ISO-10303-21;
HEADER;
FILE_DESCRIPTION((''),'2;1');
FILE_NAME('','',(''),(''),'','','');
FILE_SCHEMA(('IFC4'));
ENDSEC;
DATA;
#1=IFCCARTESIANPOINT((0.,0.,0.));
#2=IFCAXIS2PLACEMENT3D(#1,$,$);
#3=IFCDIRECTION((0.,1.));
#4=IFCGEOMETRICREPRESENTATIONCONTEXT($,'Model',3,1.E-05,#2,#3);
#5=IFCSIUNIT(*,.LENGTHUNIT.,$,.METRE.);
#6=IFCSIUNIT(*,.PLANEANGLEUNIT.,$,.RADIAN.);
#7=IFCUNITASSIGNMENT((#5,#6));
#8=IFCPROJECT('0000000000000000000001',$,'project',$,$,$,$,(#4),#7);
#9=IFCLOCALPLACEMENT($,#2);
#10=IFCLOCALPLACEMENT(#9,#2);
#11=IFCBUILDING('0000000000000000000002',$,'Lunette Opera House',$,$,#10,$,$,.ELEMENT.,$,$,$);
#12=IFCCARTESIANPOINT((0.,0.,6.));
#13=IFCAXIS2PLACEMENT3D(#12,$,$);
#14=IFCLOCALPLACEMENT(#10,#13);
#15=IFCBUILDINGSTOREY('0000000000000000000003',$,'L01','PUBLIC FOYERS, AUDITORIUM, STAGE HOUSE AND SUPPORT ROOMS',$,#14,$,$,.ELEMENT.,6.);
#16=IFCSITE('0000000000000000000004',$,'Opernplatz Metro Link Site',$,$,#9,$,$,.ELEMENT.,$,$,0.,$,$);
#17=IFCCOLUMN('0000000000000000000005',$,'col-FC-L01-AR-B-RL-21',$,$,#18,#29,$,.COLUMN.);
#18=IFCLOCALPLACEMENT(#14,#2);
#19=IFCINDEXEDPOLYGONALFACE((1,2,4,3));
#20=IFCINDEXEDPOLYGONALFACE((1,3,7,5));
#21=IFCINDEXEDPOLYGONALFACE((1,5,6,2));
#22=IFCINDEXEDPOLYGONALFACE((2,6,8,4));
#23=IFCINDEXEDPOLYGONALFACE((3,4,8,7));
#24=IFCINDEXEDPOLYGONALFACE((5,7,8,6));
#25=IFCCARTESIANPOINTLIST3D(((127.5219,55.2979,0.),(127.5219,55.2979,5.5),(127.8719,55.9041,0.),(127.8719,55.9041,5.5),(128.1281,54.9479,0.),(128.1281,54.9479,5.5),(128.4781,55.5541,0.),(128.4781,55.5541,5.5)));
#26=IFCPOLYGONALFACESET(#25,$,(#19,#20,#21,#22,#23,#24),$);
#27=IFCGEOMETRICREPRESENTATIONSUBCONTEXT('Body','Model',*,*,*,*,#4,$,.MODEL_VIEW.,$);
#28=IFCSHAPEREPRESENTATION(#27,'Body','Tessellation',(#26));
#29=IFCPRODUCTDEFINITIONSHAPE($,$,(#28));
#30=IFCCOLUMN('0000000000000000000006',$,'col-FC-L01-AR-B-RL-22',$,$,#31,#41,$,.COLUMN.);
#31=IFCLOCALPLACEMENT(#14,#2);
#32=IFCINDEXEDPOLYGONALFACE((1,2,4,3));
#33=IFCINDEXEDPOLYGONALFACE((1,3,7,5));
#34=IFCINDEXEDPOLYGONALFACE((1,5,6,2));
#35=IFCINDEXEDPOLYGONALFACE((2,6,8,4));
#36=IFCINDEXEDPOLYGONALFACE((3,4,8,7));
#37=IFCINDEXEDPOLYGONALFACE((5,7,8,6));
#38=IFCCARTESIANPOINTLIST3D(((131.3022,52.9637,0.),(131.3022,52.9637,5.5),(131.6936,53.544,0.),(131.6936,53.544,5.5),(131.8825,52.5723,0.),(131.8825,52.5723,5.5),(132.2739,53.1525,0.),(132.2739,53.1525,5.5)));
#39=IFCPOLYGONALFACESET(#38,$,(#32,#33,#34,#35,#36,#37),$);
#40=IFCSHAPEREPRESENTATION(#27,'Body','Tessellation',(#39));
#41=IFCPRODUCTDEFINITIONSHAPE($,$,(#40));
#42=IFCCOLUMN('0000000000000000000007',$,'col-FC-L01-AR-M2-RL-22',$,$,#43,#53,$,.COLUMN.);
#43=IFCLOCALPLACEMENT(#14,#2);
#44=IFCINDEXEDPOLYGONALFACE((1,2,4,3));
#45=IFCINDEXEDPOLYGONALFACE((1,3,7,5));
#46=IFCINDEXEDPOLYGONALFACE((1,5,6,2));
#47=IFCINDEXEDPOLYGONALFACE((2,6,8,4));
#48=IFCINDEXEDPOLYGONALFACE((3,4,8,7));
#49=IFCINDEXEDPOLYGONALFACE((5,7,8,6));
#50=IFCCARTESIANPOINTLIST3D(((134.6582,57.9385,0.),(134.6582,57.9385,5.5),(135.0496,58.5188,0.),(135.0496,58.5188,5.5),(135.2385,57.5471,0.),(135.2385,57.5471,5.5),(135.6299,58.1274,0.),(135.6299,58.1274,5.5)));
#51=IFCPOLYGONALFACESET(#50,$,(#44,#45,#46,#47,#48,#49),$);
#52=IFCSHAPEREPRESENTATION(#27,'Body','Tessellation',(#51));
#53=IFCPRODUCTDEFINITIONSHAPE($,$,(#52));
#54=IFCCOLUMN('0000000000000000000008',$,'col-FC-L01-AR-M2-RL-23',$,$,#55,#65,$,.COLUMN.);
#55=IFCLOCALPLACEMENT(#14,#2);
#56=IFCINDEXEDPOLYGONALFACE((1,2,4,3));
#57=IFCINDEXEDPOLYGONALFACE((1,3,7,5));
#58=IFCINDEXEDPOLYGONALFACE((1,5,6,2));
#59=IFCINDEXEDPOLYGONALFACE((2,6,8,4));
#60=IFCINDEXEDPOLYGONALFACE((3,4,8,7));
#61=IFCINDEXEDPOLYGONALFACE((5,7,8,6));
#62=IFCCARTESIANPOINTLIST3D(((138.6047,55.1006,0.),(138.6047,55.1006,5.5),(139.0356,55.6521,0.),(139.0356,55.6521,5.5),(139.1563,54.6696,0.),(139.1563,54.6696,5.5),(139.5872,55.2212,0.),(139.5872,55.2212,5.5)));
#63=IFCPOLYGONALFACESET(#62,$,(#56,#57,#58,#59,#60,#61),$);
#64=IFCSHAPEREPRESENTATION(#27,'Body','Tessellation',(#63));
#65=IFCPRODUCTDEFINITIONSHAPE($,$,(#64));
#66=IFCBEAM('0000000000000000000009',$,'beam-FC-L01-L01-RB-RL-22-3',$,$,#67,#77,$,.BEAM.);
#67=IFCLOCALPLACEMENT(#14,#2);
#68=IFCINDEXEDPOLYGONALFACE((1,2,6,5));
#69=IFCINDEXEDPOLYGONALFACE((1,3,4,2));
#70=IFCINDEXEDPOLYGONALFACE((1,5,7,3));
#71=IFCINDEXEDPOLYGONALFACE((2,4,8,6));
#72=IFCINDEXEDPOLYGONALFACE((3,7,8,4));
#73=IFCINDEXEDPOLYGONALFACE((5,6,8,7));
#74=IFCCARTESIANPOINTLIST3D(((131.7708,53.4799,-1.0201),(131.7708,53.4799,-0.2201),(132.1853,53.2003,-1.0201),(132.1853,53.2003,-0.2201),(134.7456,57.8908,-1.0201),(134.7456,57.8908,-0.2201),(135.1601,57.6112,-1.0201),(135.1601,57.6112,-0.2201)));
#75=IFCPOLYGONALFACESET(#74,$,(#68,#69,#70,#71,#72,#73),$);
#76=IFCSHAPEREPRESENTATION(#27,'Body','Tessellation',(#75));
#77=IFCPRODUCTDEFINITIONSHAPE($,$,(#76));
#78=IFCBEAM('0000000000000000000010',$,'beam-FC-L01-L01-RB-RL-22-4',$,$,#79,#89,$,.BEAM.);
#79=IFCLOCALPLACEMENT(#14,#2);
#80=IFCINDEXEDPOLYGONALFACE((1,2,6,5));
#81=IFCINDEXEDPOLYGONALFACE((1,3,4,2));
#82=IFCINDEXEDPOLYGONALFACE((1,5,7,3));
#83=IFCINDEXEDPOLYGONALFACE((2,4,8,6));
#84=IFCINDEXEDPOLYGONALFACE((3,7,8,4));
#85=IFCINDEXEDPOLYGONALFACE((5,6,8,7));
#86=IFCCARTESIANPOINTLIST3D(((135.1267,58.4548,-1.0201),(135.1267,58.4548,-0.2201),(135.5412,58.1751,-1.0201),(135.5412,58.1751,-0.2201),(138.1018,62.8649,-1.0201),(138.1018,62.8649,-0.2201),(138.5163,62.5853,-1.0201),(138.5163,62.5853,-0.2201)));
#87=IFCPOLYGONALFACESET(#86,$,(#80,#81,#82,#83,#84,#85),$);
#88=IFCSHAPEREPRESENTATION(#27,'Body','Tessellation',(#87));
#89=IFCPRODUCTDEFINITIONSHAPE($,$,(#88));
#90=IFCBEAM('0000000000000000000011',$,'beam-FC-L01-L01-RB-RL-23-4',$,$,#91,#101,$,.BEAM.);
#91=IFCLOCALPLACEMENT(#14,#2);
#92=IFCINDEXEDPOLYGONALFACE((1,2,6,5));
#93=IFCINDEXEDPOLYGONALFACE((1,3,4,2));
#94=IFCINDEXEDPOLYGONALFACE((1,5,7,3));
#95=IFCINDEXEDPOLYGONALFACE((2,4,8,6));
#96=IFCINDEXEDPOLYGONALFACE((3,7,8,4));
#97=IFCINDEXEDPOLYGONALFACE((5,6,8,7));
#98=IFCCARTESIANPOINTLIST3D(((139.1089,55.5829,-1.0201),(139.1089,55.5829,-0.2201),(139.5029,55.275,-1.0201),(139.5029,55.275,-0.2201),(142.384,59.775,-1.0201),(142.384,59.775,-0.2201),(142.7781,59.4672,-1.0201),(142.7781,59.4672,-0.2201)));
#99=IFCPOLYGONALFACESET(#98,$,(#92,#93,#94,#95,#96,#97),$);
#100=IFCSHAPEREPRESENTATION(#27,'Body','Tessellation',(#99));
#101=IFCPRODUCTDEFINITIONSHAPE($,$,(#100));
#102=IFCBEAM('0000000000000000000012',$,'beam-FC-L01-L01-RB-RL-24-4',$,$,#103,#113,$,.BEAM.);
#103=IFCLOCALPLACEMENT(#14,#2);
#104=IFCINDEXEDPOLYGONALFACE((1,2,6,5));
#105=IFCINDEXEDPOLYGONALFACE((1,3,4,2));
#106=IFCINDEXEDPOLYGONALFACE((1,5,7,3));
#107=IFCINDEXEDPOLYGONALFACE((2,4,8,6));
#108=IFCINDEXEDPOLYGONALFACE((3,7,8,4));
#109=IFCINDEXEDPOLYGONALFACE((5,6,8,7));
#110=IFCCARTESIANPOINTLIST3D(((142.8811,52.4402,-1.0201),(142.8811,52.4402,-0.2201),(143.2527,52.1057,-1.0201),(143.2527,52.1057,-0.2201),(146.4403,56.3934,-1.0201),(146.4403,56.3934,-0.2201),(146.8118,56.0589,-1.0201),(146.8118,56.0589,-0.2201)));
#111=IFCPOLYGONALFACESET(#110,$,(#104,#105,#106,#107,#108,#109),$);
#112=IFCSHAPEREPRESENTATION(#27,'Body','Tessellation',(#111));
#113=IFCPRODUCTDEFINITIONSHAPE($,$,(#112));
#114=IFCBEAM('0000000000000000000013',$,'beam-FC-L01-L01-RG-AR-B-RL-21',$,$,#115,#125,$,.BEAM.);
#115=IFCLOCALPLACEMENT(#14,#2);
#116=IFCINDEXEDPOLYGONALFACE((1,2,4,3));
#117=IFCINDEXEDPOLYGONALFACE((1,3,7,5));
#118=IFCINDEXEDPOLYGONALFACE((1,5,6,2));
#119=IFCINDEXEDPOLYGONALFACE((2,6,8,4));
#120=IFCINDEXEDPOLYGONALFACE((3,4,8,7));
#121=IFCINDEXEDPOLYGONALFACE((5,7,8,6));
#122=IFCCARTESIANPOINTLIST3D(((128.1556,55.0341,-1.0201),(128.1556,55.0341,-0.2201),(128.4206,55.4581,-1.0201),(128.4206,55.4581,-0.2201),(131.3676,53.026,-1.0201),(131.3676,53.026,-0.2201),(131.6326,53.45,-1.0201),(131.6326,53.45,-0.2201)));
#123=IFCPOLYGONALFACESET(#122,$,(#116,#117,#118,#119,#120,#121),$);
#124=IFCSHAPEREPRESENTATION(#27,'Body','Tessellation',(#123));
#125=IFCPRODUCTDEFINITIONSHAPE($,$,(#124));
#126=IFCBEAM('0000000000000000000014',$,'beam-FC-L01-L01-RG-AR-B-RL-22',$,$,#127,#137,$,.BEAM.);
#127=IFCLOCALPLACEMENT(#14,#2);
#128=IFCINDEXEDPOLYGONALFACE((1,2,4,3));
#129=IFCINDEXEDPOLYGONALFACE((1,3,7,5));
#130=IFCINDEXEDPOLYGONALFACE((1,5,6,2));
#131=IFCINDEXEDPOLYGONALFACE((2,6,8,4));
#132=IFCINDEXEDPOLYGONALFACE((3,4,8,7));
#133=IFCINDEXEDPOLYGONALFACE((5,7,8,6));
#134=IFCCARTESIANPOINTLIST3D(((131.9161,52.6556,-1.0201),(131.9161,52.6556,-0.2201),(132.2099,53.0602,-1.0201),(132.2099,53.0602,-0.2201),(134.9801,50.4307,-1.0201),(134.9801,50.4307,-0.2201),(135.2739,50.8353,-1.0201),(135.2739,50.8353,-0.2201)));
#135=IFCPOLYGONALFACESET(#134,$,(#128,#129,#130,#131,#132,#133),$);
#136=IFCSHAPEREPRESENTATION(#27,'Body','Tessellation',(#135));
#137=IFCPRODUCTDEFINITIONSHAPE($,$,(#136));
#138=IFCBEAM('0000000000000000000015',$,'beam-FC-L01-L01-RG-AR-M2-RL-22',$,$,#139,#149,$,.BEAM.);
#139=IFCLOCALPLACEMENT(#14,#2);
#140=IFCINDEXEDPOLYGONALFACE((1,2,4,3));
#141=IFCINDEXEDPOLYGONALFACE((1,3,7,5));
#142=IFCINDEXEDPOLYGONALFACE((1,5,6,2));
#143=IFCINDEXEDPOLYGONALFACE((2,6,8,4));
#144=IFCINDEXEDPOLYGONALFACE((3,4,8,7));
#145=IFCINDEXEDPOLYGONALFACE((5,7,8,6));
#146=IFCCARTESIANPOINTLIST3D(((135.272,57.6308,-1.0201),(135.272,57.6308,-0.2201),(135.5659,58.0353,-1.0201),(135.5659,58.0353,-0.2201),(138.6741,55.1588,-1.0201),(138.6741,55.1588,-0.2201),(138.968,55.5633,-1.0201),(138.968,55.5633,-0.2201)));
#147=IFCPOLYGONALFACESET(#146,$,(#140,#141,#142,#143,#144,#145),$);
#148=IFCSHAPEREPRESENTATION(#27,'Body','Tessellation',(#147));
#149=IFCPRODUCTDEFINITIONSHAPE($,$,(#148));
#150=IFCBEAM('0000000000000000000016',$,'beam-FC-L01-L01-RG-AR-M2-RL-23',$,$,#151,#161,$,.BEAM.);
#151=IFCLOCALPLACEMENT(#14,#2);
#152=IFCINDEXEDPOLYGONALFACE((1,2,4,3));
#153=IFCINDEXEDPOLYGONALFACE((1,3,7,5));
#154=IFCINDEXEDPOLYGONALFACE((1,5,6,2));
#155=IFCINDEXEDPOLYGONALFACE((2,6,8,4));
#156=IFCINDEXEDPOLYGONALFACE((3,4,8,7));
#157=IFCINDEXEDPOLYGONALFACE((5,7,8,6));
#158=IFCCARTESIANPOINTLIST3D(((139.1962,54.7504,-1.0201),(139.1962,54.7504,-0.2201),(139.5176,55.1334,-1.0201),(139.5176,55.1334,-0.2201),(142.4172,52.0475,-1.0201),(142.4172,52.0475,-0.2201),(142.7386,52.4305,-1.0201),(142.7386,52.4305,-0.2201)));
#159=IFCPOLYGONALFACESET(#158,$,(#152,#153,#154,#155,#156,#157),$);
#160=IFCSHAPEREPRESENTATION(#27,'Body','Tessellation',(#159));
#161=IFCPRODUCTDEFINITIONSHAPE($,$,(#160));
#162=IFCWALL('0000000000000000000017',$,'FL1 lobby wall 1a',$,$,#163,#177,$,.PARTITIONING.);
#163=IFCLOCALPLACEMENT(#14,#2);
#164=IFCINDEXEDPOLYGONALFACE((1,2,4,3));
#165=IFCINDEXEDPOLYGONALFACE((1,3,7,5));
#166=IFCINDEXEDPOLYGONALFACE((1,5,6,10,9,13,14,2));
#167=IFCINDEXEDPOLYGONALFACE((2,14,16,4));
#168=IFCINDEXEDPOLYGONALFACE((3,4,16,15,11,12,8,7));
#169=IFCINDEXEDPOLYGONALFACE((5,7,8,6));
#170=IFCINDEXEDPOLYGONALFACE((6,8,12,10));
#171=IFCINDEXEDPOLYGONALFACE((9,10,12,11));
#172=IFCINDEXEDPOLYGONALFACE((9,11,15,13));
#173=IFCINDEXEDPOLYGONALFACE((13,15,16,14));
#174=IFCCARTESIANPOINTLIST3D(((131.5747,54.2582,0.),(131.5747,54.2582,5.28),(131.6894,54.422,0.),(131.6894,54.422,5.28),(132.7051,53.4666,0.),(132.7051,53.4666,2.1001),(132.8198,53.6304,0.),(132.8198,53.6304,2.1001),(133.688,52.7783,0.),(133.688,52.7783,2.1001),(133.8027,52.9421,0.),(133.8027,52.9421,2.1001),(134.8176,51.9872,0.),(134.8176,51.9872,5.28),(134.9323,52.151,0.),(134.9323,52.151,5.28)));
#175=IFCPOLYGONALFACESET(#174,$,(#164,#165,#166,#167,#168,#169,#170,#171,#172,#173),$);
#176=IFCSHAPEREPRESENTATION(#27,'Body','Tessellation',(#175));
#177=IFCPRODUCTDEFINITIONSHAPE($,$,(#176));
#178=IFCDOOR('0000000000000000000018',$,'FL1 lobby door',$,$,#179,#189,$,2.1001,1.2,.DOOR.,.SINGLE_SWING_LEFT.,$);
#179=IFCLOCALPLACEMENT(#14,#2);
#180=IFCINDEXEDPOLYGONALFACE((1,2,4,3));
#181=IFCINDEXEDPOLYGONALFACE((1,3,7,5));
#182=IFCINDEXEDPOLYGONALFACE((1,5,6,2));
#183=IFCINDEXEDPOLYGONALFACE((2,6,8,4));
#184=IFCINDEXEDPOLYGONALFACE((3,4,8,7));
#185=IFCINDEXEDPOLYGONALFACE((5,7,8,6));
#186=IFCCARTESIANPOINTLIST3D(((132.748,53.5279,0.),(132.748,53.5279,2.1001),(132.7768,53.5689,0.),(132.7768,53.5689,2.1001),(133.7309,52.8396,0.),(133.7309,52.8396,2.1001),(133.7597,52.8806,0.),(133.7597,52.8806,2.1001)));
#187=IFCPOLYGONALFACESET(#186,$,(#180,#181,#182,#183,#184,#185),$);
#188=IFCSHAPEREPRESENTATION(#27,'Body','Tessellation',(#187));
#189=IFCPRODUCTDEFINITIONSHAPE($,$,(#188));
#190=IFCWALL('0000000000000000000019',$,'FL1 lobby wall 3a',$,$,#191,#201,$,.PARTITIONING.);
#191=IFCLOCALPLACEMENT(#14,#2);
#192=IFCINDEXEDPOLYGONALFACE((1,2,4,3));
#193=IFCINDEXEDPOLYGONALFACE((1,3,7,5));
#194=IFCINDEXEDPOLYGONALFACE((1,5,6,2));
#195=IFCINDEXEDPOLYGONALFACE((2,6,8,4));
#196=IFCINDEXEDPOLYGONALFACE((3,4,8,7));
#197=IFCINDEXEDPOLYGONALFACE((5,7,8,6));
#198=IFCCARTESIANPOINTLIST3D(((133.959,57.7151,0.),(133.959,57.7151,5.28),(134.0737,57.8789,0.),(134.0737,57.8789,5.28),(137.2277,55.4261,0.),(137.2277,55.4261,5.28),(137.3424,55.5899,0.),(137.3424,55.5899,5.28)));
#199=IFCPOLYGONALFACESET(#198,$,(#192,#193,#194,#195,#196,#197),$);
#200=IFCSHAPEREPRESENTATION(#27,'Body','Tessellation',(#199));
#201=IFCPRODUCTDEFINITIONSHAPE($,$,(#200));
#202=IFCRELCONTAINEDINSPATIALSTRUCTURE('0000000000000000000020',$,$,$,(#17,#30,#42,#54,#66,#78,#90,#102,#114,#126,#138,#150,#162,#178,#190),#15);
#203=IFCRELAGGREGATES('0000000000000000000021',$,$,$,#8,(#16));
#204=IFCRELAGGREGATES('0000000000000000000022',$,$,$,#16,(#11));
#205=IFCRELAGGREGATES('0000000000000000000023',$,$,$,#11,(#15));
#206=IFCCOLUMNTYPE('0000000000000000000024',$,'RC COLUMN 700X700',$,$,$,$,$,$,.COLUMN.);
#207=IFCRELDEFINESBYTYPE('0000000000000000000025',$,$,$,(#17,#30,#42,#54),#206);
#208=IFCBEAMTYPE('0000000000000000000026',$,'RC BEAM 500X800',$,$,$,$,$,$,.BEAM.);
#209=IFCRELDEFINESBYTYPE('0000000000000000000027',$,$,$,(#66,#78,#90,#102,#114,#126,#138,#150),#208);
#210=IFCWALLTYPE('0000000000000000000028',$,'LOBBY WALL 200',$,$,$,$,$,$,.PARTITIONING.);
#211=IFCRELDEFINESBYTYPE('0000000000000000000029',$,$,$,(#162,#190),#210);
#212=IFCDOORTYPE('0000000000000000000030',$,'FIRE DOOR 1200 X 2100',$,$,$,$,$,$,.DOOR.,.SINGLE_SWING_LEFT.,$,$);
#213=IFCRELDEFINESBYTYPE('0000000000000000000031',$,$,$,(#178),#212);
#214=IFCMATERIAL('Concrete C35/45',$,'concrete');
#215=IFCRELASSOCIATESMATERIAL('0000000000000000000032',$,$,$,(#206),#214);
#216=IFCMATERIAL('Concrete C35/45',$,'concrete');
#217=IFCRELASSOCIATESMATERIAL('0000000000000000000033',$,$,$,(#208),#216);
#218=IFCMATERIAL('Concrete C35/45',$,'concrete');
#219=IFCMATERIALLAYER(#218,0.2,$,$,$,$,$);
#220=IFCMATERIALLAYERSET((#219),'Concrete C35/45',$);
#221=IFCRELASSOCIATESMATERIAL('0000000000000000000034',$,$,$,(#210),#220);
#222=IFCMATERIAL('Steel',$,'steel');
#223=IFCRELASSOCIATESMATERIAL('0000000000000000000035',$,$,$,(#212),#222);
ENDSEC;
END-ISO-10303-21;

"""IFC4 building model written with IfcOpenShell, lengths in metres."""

from ifc_helpers import new_model, si_unit, direction, frame, frame_2d, origin, origin_2d, place, context, subcontext, project, spatial, rectangle, extrude, material, layer, layer_set, material_profile, profile_set, type_object, element, fill, save


model = new_model("IFC4")

# Units and contexts
model_context = context("Model", 3, precision=1e-05, world=origin(), true_north=direction((0.0, 1.0)))
body_context = subcontext(model_context, "Body", "Model", "MODEL_VIEW")
ifc_project = project(units=[si_unit("LENGTHUNIT", "METRE"), si_unit("PLANEANGLEUNIT", "RADIAN")], contexts=[model_context])

# Site, building, storey
site_placement = place(None, origin())
site = spatial("IfcSite", under=ifc_project, at=site_placement, Name="Opernplatz Metro Link Site", CompositionType="ELEMENT", RefElevation=0.0)
building_placement = place(site_placement, origin())
building = spatial("IfcBuilding", under=site, at=building_placement, Name="Lunette Opera House", CompositionType="ELEMENT")
storey_placement = place(building_placement, frame((0.0, 0.0, 6.0)))
storey = spatial("IfcBuildingStorey", under=building, at=storey_placement, Name="L01", Description="PUBLIC FOYERS, AUDITORIUM, STAGE HOUSE AND SUPPORT ROOMS", CompositionType="ELEMENT", Elevation=6.0)

# Columns
ifc_material_1 = material(Name="Concrete C35/45", Category="concrete")
ifc_material_profile_1 = material_profile(ifc_material_1, rectangle(XDim=0.7, YDim=0.7, at=origin_2d()), Name="RC COLUMN 700X700")
ifc_profile_set_1 = profile_set([ifc_material_profile_1], Name="Concrete C35/45")
column_type = type_object("IfcColumnType", Name="RC COLUMN 700X700", PredefinedType="COLUMN", material=ifc_profile_set_1)
for number, where, z_axis, x_axis, name in (
    (1, (128.0, 55.426, 0.0), (0.0, 0.0, 1.0), (0.866025, -0.5, 0.0), "col-FC-L01-AR-B-RL-21"),
    (2, (131.7881, 53.0581, 0.0), (0.0, 0.0, 1.0), (0.829038, -0.559193, 0.0), "col-FC-L01-AR-B-RL-22"),
    (3, (135.144, 58.033, 0.0), (0.0, 0.0, 1.0), (0.829038, -0.559193, 0.0), "col-FC-L01-AR-M2-RL-22"),
    (4, (139.0959, 55.1609, 0.0), (0.0, 0.0, 1.0), (0.788011, -0.615661, 0.0), "col-FC-L01-AR-M2-RL-23"),
):
    element("IfcColumn", number, at=place(storey_placement, frame(where, z_axis=z_axis, x_axis=x_axis)), inside=storey, type_object=column_type, Name=name, PredefinedType="COLUMN", context=body_context, shape_type="SweptSolid", body=[
        extrude(rectangle(XDim=0.7, YDim=0.7, at=origin_2d()), origin(), (0.0, 0.0, 1.0), 5.5),
    ])

# Beams
ifc_material_2 = material(Name="Concrete C35/45", Category="concrete")
ifc_material_profile_2 = material_profile(ifc_material_2, rectangle(XDim=0.5, YDim=0.8, at=origin_2d()), Name="RC BEAM 500X800")
ifc_profile_set_2 = profile_set([ifc_material_profile_2], Name="Concrete C35/45")
beam_type = type_object("IfcBeamType", Name="RC BEAM 500X800", PredefinedType="BEAM", material=ifc_profile_set_2)
beam_1_placement = place(storey_placement, frame((131.978, 53.3401, -0.6201), z_axis=(0.55915, 0.829066, 0.0), x_axis=(-0.829066, 0.55915, 0.0)))
element("IfcBeam", 5, at=beam_1_placement, inside=storey, type_object=beam_type, Name="beam-FC-L01-L01-RB-RL-22-3", PredefinedType="BEAM", context=body_context, shape_type="SweptSolid", body=[
    extrude(rectangle(XDim=0.5, YDim=0.8, at=origin_2d()), origin(), (0.0, 0.0, 1.0), 5.3203),
])
for number, where, z_axis, x_axis, name in (
    (6, (135.334, 58.3149, -0.6201), (0.559246, 0.829002, 0.0), (-0.829002, 0.559246, 0.0), "beam-FC-L01-L01-RB-RL-22-4"),
    (7, (139.3059, 55.429, -0.6201), (0.615648, 0.788021, 0.0), (-0.788021, 0.615648, 0.0), "beam-FC-L01-L01-RB-RL-23-4"),
):
    element("IfcBeam", number, at=place(storey_placement, frame(where, z_axis=z_axis, x_axis=x_axis)), inside=storey, type_object=beam_type, Name=name, PredefinedType="BEAM", context=body_context, shape_type="SweptSolid", body=[
        extrude(rectangle(XDim=0.5, YDim=0.8, at=origin_2d()), origin(), (0.0, 0.0, 1.0), 5.3198),
    ])
beam_2_placement = place(storey_placement, frame((143.0669, 52.2729, -0.6201), z_axis=(0.669097, 0.743175, 0.0), x_axis=(-0.743175, 0.669097, 0.0)))
element("IfcBeam", 8, at=beam_2_placement, inside=storey, type_object=beam_type, Name="beam-FC-L01-L01-RB-RL-24-4", PredefinedType="BEAM", context=body_context, shape_type="SweptSolid", body=[
    extrude(rectangle(XDim=0.5, YDim=0.8, at=origin_2d()), origin(), (0.0, 0.0, 1.0), 5.3193),
])
beam_3_placement = place(storey_placement, frame((128.2881, 55.2461, -0.6201), z_axis=(0.847926, -0.530115, 0.0), x_axis=(0.530115, 0.847926, 0.0)))
element("IfcBeam", 9, at=beam_3_placement, inside=storey, type_object=beam_type, Name="beam-FC-L01-L01-RG-AR-B-RL-21", PredefinedType="BEAM", context=body_context, shape_type="SweptSolid", body=[
    extrude(rectangle(XDim=0.5, YDim=0.8, at=origin_2d()), origin(), (0.0, 0.0, 1.0), 3.7881),
])
beam_4_placement = place(storey_placement, frame((132.063, 52.8579, -0.6201), z_axis=(0.809174, -0.58757, 0.0), x_axis=(0.58757, 0.809174, 0.0)))
element("IfcBeam", 10, at=beam_4_placement, inside=storey, type_object=beam_type, Name="beam-FC-L01-L01-RG-AR-B-RL-22", PredefinedType="BEAM", context=body_context, shape_type="SweptSolid", body=[
    extrude(rectangle(XDim=0.5, YDim=0.8, at=origin_2d()), origin(), (0.0, 0.0, 1.0), 3.7866),
])
beam_5_placement = place(storey_placement, frame((135.4189, 57.833, -0.6201), z_axis=(0.809, -0.587809, 0.0), x_axis=(0.587809, 0.809, 0.0)))
element("IfcBeam", 11, at=beam_5_placement, inside=storey, type_object=beam_type, Name="beam-FC-L01-L01-RG-AR-M2-RL-22", PredefinedType="BEAM", context=body_context, shape_type="SweptSolid", body=[
    extrude(rectangle(XDim=0.5, YDim=0.8, at=origin_2d()), origin(), (0.0, 0.0, 1.0), 4.2053),
])
beam_6_placement = place(storey_placement, frame((139.3569, 54.9419, -0.6201), z_axis=(0.766023, -0.642813, 0.0), x_axis=(0.642813, 0.766023, 0.0)))
element("IfcBeam", 12, at=beam_6_placement, inside=storey, type_object=beam_type, Name="beam-FC-L01-L01-RG-AR-M2-RL-23", PredefinedType="BEAM", context=body_context, shape_type="SweptSolid", body=[
    extrude(rectangle(XDim=0.5, YDim=0.8, at=origin_2d()), origin(), (0.0, 0.0, 1.0), 4.2048),
])

# Wall, opening, door
ifc_material_3 = material(Name="Concrete C35/45", Category="concrete")
ifc_layer_1 = layer(ifc_material_3, 0.2)
ifc_layer_set_1 = layer_set([ifc_layer_1], Name="Concrete C35/45")
wall_type_1 = type_object("IfcWallType", Name="LOBBY WALL 200", PredefinedType="PARTITIONING", material=ifc_layer_set_1)
wall_1_placement = place(storey_placement, frame((131.6321, 54.3401, 0.0), z_axis=(0.0, 0.0, 1.0), x_axis=(0.819119, -0.573624, 0.0)))
wall_1 = element("IfcWall", 13, at=wall_1_placement, inside=storey, type_object=wall_type_1, Name="FL1 lobby wall 1a", PredefinedType="PARTITIONING", context=body_context, shape_type="SweptSolid", body=[
    extrude(rectangle(XDim=3.959, YDim=0.2, at=frame_2d((1.9795, 0.0))), origin(), (0.0, 0.0, 1.0), 5.28),
])
opening_1_placement = place(wall_1_placement, frame((1.3799, 0.0, 0.0)))
opening_1 = element("IfcOpeningElement", 14, at=opening_1_placement, cuts=wall_1, PredefinedType="OPENING", context=body_context, shape_type="SweptSolid", body=[
    extrude(rectangle(XDim=1.2, YDim=2.1001, at=frame_2d((0.6001, 1.05))), frame((0.0, 0.1121, 0.0), z_axis=(0.0, -1.0, 0.0), x_axis=(1.0, 0.0, 0.0)), (0.0, 0.0, 1.0), 0.2239),
])
ifc_material_4 = material(Name="Steel", Category="steel")
door_type_1 = type_object("IfcDoorType", Name="FIRE DOOR 1200 X 2100", OperationType="SINGLE_SWING_LEFT", PredefinedType="DOOR", material=ifc_material_4)
door_1_placement = place(opening_1_placement, origin())
door_1 = element("IfcDoor", 15, at=door_1_placement, inside=storey, type_object=door_type_1, Name="FL1 lobby door", OperationType="SINGLE_SWING_LEFT", OverallHeight=2.1001, OverallWidth=1.2, PredefinedType="DOOR", context=body_context, shape_type="SweptSolid", body=[
    extrude(rectangle(XDim=1.2, YDim=2.1001, at=frame_2d((0.6001, 1.05))), frame((0.0, 0.0249, 0.0), z_axis=(0.0, -1.0, 0.0), x_axis=(1.0, 0.0, 0.0)), (0.0, 0.0, 1.0), 0.05),
])
fill(opening_1, door_1)

# Wall
wall_2_placement = place(storey_placement, frame((137.2849, 55.5081, 0.0), z_axis=(0.0, 0.0, 1.0), x_axis=(-0.819126, 0.573614, 0.0)))
element("IfcWall", 16, at=wall_2_placement, inside=storey, type_object=wall_type_1, Name="FL1 lobby wall 3a", PredefinedType="PARTITIONING", context=body_context, shape_type="SweptSolid", body=[
    extrude(rectangle(XDim=3.9905, YDim=0.2, at=frame_2d((1.9951, 0.0))), origin(), (0.0, 0.0, 1.0), 5.28),
])

save(model, "model.ifc")
